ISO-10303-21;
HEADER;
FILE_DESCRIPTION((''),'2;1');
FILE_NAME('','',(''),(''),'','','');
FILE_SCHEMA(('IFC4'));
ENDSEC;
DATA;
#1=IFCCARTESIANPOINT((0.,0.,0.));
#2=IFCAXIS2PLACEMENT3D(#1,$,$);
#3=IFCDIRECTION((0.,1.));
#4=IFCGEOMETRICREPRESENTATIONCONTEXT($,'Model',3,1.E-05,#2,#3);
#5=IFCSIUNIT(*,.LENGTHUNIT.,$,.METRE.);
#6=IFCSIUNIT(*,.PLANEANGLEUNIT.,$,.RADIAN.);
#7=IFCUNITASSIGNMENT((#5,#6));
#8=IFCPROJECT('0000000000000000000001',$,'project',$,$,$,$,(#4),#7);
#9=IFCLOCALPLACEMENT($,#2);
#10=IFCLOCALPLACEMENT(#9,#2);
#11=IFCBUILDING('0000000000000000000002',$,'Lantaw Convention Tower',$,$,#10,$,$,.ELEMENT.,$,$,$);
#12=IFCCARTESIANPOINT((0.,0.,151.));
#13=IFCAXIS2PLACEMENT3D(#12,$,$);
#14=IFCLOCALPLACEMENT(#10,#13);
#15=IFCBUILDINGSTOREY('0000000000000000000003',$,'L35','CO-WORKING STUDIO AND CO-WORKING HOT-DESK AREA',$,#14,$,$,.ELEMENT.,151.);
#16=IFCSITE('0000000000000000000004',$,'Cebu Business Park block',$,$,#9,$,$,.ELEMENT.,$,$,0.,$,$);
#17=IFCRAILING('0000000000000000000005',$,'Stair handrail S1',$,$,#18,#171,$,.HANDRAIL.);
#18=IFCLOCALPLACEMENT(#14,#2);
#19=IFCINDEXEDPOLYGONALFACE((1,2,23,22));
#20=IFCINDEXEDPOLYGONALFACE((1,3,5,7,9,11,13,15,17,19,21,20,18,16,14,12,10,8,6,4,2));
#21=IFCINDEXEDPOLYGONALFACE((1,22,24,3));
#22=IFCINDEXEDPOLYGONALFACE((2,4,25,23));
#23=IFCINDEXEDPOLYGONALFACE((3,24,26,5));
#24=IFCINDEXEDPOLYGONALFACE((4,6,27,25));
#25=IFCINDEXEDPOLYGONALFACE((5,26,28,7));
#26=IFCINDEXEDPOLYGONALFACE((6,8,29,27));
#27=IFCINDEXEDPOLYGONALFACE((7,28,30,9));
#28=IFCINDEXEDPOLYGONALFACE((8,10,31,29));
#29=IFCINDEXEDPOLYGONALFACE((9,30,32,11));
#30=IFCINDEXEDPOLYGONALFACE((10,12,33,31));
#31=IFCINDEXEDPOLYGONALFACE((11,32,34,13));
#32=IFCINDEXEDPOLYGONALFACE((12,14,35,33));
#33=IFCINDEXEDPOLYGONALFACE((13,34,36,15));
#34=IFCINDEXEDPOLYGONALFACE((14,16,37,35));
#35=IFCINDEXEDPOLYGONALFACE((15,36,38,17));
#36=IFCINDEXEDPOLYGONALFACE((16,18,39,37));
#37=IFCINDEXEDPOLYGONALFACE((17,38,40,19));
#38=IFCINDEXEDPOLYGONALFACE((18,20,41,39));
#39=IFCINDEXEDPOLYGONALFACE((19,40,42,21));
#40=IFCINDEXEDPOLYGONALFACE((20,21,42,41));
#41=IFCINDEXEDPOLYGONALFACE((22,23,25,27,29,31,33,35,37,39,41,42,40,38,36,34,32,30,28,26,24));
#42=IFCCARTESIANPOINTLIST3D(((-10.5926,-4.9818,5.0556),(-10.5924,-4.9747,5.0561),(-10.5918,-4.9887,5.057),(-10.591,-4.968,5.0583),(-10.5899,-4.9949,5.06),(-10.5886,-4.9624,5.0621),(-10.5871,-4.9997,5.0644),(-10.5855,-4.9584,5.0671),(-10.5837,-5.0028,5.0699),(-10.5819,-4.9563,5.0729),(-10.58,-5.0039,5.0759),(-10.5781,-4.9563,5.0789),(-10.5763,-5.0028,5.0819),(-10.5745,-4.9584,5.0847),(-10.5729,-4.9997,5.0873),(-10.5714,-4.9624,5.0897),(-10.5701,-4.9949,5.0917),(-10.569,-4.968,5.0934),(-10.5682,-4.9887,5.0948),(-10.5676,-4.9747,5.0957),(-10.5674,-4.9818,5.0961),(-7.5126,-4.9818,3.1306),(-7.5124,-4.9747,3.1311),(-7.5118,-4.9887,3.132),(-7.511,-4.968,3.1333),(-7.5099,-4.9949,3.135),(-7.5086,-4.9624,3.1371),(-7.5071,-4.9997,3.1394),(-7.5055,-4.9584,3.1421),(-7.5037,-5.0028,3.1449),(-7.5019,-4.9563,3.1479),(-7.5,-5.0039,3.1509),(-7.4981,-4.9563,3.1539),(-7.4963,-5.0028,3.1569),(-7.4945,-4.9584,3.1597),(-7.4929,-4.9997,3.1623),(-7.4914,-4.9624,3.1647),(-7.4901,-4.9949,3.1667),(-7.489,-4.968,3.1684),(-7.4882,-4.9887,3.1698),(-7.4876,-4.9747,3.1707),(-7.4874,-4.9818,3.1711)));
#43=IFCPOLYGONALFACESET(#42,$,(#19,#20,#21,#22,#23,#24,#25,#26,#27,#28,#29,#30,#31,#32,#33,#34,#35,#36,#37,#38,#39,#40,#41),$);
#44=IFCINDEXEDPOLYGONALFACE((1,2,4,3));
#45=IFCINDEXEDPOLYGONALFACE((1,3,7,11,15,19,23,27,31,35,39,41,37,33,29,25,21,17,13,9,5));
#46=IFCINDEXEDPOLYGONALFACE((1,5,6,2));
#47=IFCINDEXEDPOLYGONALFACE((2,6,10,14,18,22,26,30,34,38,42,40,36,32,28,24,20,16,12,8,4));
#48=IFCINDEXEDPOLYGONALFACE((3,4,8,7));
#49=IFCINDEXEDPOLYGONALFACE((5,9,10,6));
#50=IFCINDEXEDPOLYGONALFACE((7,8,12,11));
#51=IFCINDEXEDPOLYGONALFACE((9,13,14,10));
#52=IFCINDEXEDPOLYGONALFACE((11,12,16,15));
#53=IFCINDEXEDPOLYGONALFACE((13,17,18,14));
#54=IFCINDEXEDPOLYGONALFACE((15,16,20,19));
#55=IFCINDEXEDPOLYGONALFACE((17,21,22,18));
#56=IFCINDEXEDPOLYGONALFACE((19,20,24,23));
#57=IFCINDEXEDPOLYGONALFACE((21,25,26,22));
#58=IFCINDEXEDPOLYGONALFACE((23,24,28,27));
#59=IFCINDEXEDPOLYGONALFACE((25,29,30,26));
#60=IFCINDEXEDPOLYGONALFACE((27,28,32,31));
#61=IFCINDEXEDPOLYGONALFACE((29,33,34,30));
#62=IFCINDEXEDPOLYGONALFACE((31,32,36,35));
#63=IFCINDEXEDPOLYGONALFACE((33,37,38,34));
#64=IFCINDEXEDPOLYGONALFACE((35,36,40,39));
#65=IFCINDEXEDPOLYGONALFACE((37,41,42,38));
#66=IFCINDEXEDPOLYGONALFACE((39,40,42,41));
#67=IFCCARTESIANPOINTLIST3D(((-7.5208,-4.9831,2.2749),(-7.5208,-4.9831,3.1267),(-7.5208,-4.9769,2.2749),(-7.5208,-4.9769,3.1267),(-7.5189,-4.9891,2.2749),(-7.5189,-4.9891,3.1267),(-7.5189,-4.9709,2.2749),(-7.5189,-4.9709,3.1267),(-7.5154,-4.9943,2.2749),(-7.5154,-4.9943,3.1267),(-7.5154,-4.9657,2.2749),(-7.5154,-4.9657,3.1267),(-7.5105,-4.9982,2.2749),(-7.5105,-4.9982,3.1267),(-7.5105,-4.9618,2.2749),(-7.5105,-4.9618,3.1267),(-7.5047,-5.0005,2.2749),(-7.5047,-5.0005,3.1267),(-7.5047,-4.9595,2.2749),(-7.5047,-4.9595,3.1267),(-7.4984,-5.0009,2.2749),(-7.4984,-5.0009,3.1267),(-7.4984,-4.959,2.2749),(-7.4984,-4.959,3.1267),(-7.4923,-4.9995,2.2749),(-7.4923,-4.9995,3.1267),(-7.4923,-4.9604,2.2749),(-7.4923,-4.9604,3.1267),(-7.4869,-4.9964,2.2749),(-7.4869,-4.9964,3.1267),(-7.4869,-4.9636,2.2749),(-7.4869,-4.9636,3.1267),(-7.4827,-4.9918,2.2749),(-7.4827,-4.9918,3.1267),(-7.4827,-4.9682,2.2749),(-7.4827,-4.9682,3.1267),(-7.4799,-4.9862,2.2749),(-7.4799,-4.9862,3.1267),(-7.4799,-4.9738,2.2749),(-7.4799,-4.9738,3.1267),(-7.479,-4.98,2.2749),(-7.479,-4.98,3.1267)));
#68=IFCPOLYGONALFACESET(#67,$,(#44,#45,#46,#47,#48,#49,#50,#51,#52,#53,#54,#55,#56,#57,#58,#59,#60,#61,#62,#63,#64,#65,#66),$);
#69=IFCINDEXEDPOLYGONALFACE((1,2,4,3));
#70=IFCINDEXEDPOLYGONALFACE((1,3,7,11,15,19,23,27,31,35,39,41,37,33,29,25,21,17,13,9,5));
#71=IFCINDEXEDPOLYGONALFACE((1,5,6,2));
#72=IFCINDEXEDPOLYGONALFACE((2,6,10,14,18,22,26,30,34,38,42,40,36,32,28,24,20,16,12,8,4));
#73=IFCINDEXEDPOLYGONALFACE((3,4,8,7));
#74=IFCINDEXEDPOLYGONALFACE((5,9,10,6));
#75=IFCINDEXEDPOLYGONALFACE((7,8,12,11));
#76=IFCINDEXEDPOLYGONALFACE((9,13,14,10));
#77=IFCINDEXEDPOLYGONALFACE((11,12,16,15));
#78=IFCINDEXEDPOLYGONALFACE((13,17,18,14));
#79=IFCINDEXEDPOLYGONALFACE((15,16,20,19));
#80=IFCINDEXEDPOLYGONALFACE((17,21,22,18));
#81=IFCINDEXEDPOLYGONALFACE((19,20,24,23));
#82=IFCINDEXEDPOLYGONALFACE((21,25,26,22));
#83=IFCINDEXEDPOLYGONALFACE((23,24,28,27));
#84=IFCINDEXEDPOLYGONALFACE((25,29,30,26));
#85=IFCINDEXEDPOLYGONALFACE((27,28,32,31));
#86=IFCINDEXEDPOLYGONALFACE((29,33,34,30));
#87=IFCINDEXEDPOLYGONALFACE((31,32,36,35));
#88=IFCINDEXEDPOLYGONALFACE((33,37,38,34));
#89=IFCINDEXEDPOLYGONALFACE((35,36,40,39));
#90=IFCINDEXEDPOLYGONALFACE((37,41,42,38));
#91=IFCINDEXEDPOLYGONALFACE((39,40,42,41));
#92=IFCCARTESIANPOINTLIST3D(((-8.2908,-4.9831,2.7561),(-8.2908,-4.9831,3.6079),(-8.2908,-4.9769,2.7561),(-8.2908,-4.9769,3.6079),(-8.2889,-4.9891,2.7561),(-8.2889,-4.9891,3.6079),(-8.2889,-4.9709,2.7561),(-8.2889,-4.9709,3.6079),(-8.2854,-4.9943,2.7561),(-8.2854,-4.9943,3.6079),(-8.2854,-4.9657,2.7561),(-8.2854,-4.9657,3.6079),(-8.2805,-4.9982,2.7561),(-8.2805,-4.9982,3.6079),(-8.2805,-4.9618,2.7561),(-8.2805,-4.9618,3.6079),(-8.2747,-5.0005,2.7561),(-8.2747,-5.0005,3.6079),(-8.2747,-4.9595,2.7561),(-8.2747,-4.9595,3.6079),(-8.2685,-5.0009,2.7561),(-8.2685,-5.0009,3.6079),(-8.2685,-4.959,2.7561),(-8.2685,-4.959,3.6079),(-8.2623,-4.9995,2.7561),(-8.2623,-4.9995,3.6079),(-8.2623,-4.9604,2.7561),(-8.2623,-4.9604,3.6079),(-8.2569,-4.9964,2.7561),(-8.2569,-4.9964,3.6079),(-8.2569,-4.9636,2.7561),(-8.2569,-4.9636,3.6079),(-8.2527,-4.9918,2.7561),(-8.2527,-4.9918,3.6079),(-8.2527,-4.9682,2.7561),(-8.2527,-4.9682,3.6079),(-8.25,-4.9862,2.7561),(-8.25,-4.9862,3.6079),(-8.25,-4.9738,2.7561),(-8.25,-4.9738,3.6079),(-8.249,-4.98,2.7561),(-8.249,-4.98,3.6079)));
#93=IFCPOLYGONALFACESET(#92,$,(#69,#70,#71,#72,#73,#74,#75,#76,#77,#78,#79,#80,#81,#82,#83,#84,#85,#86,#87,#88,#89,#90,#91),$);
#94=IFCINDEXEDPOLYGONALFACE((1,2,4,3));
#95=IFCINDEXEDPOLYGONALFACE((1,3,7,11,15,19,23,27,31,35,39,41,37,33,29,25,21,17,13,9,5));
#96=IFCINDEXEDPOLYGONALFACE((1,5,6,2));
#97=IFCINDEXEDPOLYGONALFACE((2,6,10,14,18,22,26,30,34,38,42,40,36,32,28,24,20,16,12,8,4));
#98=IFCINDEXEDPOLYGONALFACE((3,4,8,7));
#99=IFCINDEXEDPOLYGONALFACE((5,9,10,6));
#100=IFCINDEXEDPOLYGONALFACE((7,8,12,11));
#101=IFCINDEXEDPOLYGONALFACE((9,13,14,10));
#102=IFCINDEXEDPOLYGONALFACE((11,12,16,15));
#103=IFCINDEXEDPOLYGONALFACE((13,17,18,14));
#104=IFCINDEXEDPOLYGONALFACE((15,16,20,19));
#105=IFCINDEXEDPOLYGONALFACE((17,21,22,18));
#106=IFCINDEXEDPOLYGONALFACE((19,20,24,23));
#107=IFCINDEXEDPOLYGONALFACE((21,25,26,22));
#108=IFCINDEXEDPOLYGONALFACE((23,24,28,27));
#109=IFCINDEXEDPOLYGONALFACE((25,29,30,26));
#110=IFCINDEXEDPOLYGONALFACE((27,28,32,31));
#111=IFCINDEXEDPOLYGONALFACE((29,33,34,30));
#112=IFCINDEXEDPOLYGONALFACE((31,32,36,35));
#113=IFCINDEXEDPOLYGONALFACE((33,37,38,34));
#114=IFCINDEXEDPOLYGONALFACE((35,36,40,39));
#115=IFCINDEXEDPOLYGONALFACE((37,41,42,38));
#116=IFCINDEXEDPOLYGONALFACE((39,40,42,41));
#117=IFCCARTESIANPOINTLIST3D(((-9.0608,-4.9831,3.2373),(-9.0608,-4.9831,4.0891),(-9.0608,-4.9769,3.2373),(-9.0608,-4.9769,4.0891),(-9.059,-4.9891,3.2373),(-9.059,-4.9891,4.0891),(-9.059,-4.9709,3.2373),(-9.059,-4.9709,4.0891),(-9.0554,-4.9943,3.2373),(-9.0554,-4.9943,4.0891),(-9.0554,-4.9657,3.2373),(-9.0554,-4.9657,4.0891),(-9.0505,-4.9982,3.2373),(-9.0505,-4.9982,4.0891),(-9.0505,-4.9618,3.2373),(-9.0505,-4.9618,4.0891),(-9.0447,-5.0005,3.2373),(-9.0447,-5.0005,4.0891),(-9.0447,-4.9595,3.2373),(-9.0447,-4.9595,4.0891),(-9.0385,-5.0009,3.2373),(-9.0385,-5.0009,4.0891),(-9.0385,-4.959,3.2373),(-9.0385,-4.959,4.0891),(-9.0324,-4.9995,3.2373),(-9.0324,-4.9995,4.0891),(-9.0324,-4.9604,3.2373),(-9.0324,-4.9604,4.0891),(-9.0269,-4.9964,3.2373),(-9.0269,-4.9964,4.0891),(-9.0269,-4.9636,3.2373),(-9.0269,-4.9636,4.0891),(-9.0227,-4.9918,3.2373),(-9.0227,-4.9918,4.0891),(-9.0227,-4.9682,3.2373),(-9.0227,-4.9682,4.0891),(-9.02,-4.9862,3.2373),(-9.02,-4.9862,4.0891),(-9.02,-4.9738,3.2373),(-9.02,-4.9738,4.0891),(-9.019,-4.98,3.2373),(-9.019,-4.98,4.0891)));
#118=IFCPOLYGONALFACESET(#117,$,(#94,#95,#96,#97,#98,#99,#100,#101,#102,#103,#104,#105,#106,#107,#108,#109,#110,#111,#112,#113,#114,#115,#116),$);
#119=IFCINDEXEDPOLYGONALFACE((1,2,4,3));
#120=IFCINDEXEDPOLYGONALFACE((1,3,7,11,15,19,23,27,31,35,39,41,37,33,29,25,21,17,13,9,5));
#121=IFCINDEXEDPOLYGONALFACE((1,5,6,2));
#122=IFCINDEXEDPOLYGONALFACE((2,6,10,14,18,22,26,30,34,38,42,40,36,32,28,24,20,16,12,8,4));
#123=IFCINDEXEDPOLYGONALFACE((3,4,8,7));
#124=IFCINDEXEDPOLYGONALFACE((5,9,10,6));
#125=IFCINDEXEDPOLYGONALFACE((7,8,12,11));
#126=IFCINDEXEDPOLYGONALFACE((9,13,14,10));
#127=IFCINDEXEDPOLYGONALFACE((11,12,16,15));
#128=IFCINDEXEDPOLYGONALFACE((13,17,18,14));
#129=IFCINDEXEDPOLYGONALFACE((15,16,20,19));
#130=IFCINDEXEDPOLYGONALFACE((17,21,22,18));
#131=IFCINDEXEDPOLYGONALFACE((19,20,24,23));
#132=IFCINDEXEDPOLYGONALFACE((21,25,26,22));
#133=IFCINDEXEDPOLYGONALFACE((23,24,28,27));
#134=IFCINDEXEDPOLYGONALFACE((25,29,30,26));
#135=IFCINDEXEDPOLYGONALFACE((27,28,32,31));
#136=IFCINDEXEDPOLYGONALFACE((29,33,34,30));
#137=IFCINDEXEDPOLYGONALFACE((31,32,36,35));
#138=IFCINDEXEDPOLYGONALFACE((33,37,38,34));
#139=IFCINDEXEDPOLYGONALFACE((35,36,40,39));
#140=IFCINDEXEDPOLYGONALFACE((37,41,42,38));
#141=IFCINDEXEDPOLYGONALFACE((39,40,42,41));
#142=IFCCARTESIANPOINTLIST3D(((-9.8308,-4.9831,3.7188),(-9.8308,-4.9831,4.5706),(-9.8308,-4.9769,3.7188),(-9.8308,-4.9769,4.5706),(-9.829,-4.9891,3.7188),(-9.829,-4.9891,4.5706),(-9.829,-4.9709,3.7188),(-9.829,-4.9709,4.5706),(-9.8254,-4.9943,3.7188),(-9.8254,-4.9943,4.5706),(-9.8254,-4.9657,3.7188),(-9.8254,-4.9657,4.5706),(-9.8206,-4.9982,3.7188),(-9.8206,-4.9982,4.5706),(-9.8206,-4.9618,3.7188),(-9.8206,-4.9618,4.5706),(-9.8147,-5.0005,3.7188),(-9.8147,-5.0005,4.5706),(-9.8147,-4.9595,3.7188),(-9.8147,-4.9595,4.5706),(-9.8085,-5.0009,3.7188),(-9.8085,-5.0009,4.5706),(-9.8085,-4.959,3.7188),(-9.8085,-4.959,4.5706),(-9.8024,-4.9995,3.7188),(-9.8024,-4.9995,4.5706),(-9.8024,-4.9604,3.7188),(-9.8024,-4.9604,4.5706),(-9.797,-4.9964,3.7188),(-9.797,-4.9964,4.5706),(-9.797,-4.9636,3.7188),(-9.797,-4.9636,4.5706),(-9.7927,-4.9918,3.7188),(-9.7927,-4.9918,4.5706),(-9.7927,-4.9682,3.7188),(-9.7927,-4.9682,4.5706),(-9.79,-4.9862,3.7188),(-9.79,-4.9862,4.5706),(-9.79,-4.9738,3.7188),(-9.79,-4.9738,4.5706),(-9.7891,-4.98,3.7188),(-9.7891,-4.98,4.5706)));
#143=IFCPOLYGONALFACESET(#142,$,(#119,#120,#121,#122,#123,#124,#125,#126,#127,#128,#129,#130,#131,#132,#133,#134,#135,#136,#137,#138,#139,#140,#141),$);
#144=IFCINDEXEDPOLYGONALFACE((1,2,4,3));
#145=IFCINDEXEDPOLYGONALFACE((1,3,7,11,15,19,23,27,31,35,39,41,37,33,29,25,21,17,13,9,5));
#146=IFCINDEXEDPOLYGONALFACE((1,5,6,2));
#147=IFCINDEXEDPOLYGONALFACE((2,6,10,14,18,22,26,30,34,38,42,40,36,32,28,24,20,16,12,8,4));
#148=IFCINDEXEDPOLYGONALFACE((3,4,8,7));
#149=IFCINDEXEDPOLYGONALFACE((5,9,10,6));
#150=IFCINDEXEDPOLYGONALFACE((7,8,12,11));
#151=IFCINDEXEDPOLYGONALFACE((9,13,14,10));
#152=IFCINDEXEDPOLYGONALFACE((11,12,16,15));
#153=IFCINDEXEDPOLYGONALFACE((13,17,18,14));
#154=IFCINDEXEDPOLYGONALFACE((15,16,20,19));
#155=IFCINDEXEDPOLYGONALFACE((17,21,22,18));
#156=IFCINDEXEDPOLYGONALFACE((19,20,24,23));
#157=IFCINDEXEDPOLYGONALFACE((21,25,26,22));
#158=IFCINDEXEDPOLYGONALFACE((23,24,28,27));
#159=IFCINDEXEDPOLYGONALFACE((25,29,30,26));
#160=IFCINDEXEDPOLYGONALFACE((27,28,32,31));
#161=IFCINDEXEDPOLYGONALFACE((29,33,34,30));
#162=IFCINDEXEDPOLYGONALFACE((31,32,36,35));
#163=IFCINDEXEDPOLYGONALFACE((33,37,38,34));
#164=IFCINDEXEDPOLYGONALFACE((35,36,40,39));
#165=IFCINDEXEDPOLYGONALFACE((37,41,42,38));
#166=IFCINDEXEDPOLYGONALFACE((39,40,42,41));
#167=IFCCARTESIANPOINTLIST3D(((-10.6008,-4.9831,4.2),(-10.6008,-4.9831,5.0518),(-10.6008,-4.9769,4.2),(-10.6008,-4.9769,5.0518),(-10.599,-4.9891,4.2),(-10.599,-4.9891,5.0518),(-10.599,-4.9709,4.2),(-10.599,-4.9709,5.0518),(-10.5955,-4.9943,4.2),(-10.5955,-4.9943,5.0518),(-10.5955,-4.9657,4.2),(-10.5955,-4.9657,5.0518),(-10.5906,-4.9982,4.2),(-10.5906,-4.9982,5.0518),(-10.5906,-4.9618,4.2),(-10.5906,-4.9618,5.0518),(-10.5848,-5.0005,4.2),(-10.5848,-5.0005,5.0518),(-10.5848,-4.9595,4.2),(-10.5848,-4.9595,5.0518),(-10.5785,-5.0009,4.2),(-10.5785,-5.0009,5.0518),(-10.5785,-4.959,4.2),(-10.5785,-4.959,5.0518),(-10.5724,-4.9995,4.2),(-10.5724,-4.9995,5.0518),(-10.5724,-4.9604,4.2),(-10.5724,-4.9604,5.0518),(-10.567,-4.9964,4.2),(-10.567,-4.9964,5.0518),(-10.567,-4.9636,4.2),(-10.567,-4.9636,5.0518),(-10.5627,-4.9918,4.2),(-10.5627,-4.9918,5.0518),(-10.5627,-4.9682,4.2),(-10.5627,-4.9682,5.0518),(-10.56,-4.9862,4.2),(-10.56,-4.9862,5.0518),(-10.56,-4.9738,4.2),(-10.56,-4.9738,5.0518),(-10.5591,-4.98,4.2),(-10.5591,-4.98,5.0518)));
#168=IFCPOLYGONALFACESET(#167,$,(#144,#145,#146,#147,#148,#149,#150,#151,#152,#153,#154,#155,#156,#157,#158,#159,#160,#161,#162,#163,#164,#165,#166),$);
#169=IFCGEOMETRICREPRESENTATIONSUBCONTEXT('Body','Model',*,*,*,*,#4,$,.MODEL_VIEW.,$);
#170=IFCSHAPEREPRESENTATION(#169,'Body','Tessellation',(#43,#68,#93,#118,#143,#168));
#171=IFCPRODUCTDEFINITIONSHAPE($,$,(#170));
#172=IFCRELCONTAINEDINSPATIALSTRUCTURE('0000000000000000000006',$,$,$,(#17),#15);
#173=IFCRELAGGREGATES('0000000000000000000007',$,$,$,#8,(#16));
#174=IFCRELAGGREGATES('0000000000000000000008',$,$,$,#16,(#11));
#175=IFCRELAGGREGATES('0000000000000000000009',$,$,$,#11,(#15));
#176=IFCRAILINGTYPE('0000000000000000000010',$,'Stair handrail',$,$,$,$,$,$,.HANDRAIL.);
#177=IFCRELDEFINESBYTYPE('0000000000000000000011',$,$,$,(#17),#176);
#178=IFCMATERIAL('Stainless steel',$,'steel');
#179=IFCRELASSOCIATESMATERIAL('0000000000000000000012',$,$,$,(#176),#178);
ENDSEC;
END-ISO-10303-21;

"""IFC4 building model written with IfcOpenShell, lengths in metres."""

from ifc_helpers import new_model, si_unit, direction, frame, origin, origin_2d, place, context, subcontext, project, spatial, circle, extrude, material, type_object, element, save


model = new_model("IFC4")

# Units and contexts
model_context = context("Model", 3, precision=1e-05, world=origin(), true_north=direction((0.0, 1.0)))
body_context = subcontext(model_context, "Body", "Model", "MODEL_VIEW")
ifc_project = project(units=[si_unit("LENGTHUNIT", "METRE"), si_unit("PLANEANGLEUNIT", "RADIAN")], contexts=[model_context])

# Site, building, storey
site_placement = place(None, origin())
site = spatial("IfcSite", under=ifc_project, at=site_placement, Name="Cebu Business Park block", CompositionType="ELEMENT", RefElevation=0.0)
building_placement = place(site_placement, origin())
building = spatial("IfcBuilding", under=site, at=building_placement, Name="Lantaw Convention Tower", CompositionType="ELEMENT")
storey_placement = place(building_placement, frame((0.0, 0.0, 151.0)))
storey = spatial("IfcBuildingStorey", under=building, at=storey_placement, Name="L35", Description="CO-WORKING STUDIO AND CO-WORKING HOT-DESK AREA", CompositionType="ELEMENT", Elevation=151.0)

# Railing
ifc_material_1 = material(Name="Stainless steel", Category="steel")
railing_type = type_object("IfcRailingType", Name="Stair handrail", PredefinedType="HANDRAIL", material=ifc_material_1)
railing_1_placement = place(storey_placement, frame((-7.5, -4.98, 2.2749)))
element("IfcRailing", 1, at=railing_1_placement, inside=storey, type_object=railing_type, Name="Stair handrail S1", PredefinedType="HANDRAIL", context=body_context, shape_type="SweptSolid", body=[
    extrude(circle(Radius=0.0239, at=origin_2d()), frame((0.0, 0.0, 0.876), z_axis=(-0.847998, 0.0, 0.529999), x_axis=(0.0, -1.0, 0.0)), (0.0, 0.0, 1.0), 3.6321),
    extrude(circle(Radius=0.021, at=origin_2d()), origin(), (0.0, 0.0, 1.0), 0.8518),
    extrude(circle(Radius=0.021, at=origin_2d()), frame((-0.77, 0.0, 0.4812)), (0.0, 0.0, 1.0), 0.8518),
    extrude(circle(Radius=0.021, at=origin_2d()), frame((-1.54, 0.0, 0.9624)), (0.0, 0.0, 1.0), 0.8518),
    extrude(circle(Radius=0.021, at=origin_2d()), frame((-2.3101, 0.0, 1.4438)), (0.0, 0.0, 1.0), 0.8518),
    extrude(circle(Radius=0.021, at=origin_2d()), frame((-3.0801, 0.0, 1.925)), (0.0, 0.0, 1.0), 0.8518),
])

save(model, "model.ifc")
